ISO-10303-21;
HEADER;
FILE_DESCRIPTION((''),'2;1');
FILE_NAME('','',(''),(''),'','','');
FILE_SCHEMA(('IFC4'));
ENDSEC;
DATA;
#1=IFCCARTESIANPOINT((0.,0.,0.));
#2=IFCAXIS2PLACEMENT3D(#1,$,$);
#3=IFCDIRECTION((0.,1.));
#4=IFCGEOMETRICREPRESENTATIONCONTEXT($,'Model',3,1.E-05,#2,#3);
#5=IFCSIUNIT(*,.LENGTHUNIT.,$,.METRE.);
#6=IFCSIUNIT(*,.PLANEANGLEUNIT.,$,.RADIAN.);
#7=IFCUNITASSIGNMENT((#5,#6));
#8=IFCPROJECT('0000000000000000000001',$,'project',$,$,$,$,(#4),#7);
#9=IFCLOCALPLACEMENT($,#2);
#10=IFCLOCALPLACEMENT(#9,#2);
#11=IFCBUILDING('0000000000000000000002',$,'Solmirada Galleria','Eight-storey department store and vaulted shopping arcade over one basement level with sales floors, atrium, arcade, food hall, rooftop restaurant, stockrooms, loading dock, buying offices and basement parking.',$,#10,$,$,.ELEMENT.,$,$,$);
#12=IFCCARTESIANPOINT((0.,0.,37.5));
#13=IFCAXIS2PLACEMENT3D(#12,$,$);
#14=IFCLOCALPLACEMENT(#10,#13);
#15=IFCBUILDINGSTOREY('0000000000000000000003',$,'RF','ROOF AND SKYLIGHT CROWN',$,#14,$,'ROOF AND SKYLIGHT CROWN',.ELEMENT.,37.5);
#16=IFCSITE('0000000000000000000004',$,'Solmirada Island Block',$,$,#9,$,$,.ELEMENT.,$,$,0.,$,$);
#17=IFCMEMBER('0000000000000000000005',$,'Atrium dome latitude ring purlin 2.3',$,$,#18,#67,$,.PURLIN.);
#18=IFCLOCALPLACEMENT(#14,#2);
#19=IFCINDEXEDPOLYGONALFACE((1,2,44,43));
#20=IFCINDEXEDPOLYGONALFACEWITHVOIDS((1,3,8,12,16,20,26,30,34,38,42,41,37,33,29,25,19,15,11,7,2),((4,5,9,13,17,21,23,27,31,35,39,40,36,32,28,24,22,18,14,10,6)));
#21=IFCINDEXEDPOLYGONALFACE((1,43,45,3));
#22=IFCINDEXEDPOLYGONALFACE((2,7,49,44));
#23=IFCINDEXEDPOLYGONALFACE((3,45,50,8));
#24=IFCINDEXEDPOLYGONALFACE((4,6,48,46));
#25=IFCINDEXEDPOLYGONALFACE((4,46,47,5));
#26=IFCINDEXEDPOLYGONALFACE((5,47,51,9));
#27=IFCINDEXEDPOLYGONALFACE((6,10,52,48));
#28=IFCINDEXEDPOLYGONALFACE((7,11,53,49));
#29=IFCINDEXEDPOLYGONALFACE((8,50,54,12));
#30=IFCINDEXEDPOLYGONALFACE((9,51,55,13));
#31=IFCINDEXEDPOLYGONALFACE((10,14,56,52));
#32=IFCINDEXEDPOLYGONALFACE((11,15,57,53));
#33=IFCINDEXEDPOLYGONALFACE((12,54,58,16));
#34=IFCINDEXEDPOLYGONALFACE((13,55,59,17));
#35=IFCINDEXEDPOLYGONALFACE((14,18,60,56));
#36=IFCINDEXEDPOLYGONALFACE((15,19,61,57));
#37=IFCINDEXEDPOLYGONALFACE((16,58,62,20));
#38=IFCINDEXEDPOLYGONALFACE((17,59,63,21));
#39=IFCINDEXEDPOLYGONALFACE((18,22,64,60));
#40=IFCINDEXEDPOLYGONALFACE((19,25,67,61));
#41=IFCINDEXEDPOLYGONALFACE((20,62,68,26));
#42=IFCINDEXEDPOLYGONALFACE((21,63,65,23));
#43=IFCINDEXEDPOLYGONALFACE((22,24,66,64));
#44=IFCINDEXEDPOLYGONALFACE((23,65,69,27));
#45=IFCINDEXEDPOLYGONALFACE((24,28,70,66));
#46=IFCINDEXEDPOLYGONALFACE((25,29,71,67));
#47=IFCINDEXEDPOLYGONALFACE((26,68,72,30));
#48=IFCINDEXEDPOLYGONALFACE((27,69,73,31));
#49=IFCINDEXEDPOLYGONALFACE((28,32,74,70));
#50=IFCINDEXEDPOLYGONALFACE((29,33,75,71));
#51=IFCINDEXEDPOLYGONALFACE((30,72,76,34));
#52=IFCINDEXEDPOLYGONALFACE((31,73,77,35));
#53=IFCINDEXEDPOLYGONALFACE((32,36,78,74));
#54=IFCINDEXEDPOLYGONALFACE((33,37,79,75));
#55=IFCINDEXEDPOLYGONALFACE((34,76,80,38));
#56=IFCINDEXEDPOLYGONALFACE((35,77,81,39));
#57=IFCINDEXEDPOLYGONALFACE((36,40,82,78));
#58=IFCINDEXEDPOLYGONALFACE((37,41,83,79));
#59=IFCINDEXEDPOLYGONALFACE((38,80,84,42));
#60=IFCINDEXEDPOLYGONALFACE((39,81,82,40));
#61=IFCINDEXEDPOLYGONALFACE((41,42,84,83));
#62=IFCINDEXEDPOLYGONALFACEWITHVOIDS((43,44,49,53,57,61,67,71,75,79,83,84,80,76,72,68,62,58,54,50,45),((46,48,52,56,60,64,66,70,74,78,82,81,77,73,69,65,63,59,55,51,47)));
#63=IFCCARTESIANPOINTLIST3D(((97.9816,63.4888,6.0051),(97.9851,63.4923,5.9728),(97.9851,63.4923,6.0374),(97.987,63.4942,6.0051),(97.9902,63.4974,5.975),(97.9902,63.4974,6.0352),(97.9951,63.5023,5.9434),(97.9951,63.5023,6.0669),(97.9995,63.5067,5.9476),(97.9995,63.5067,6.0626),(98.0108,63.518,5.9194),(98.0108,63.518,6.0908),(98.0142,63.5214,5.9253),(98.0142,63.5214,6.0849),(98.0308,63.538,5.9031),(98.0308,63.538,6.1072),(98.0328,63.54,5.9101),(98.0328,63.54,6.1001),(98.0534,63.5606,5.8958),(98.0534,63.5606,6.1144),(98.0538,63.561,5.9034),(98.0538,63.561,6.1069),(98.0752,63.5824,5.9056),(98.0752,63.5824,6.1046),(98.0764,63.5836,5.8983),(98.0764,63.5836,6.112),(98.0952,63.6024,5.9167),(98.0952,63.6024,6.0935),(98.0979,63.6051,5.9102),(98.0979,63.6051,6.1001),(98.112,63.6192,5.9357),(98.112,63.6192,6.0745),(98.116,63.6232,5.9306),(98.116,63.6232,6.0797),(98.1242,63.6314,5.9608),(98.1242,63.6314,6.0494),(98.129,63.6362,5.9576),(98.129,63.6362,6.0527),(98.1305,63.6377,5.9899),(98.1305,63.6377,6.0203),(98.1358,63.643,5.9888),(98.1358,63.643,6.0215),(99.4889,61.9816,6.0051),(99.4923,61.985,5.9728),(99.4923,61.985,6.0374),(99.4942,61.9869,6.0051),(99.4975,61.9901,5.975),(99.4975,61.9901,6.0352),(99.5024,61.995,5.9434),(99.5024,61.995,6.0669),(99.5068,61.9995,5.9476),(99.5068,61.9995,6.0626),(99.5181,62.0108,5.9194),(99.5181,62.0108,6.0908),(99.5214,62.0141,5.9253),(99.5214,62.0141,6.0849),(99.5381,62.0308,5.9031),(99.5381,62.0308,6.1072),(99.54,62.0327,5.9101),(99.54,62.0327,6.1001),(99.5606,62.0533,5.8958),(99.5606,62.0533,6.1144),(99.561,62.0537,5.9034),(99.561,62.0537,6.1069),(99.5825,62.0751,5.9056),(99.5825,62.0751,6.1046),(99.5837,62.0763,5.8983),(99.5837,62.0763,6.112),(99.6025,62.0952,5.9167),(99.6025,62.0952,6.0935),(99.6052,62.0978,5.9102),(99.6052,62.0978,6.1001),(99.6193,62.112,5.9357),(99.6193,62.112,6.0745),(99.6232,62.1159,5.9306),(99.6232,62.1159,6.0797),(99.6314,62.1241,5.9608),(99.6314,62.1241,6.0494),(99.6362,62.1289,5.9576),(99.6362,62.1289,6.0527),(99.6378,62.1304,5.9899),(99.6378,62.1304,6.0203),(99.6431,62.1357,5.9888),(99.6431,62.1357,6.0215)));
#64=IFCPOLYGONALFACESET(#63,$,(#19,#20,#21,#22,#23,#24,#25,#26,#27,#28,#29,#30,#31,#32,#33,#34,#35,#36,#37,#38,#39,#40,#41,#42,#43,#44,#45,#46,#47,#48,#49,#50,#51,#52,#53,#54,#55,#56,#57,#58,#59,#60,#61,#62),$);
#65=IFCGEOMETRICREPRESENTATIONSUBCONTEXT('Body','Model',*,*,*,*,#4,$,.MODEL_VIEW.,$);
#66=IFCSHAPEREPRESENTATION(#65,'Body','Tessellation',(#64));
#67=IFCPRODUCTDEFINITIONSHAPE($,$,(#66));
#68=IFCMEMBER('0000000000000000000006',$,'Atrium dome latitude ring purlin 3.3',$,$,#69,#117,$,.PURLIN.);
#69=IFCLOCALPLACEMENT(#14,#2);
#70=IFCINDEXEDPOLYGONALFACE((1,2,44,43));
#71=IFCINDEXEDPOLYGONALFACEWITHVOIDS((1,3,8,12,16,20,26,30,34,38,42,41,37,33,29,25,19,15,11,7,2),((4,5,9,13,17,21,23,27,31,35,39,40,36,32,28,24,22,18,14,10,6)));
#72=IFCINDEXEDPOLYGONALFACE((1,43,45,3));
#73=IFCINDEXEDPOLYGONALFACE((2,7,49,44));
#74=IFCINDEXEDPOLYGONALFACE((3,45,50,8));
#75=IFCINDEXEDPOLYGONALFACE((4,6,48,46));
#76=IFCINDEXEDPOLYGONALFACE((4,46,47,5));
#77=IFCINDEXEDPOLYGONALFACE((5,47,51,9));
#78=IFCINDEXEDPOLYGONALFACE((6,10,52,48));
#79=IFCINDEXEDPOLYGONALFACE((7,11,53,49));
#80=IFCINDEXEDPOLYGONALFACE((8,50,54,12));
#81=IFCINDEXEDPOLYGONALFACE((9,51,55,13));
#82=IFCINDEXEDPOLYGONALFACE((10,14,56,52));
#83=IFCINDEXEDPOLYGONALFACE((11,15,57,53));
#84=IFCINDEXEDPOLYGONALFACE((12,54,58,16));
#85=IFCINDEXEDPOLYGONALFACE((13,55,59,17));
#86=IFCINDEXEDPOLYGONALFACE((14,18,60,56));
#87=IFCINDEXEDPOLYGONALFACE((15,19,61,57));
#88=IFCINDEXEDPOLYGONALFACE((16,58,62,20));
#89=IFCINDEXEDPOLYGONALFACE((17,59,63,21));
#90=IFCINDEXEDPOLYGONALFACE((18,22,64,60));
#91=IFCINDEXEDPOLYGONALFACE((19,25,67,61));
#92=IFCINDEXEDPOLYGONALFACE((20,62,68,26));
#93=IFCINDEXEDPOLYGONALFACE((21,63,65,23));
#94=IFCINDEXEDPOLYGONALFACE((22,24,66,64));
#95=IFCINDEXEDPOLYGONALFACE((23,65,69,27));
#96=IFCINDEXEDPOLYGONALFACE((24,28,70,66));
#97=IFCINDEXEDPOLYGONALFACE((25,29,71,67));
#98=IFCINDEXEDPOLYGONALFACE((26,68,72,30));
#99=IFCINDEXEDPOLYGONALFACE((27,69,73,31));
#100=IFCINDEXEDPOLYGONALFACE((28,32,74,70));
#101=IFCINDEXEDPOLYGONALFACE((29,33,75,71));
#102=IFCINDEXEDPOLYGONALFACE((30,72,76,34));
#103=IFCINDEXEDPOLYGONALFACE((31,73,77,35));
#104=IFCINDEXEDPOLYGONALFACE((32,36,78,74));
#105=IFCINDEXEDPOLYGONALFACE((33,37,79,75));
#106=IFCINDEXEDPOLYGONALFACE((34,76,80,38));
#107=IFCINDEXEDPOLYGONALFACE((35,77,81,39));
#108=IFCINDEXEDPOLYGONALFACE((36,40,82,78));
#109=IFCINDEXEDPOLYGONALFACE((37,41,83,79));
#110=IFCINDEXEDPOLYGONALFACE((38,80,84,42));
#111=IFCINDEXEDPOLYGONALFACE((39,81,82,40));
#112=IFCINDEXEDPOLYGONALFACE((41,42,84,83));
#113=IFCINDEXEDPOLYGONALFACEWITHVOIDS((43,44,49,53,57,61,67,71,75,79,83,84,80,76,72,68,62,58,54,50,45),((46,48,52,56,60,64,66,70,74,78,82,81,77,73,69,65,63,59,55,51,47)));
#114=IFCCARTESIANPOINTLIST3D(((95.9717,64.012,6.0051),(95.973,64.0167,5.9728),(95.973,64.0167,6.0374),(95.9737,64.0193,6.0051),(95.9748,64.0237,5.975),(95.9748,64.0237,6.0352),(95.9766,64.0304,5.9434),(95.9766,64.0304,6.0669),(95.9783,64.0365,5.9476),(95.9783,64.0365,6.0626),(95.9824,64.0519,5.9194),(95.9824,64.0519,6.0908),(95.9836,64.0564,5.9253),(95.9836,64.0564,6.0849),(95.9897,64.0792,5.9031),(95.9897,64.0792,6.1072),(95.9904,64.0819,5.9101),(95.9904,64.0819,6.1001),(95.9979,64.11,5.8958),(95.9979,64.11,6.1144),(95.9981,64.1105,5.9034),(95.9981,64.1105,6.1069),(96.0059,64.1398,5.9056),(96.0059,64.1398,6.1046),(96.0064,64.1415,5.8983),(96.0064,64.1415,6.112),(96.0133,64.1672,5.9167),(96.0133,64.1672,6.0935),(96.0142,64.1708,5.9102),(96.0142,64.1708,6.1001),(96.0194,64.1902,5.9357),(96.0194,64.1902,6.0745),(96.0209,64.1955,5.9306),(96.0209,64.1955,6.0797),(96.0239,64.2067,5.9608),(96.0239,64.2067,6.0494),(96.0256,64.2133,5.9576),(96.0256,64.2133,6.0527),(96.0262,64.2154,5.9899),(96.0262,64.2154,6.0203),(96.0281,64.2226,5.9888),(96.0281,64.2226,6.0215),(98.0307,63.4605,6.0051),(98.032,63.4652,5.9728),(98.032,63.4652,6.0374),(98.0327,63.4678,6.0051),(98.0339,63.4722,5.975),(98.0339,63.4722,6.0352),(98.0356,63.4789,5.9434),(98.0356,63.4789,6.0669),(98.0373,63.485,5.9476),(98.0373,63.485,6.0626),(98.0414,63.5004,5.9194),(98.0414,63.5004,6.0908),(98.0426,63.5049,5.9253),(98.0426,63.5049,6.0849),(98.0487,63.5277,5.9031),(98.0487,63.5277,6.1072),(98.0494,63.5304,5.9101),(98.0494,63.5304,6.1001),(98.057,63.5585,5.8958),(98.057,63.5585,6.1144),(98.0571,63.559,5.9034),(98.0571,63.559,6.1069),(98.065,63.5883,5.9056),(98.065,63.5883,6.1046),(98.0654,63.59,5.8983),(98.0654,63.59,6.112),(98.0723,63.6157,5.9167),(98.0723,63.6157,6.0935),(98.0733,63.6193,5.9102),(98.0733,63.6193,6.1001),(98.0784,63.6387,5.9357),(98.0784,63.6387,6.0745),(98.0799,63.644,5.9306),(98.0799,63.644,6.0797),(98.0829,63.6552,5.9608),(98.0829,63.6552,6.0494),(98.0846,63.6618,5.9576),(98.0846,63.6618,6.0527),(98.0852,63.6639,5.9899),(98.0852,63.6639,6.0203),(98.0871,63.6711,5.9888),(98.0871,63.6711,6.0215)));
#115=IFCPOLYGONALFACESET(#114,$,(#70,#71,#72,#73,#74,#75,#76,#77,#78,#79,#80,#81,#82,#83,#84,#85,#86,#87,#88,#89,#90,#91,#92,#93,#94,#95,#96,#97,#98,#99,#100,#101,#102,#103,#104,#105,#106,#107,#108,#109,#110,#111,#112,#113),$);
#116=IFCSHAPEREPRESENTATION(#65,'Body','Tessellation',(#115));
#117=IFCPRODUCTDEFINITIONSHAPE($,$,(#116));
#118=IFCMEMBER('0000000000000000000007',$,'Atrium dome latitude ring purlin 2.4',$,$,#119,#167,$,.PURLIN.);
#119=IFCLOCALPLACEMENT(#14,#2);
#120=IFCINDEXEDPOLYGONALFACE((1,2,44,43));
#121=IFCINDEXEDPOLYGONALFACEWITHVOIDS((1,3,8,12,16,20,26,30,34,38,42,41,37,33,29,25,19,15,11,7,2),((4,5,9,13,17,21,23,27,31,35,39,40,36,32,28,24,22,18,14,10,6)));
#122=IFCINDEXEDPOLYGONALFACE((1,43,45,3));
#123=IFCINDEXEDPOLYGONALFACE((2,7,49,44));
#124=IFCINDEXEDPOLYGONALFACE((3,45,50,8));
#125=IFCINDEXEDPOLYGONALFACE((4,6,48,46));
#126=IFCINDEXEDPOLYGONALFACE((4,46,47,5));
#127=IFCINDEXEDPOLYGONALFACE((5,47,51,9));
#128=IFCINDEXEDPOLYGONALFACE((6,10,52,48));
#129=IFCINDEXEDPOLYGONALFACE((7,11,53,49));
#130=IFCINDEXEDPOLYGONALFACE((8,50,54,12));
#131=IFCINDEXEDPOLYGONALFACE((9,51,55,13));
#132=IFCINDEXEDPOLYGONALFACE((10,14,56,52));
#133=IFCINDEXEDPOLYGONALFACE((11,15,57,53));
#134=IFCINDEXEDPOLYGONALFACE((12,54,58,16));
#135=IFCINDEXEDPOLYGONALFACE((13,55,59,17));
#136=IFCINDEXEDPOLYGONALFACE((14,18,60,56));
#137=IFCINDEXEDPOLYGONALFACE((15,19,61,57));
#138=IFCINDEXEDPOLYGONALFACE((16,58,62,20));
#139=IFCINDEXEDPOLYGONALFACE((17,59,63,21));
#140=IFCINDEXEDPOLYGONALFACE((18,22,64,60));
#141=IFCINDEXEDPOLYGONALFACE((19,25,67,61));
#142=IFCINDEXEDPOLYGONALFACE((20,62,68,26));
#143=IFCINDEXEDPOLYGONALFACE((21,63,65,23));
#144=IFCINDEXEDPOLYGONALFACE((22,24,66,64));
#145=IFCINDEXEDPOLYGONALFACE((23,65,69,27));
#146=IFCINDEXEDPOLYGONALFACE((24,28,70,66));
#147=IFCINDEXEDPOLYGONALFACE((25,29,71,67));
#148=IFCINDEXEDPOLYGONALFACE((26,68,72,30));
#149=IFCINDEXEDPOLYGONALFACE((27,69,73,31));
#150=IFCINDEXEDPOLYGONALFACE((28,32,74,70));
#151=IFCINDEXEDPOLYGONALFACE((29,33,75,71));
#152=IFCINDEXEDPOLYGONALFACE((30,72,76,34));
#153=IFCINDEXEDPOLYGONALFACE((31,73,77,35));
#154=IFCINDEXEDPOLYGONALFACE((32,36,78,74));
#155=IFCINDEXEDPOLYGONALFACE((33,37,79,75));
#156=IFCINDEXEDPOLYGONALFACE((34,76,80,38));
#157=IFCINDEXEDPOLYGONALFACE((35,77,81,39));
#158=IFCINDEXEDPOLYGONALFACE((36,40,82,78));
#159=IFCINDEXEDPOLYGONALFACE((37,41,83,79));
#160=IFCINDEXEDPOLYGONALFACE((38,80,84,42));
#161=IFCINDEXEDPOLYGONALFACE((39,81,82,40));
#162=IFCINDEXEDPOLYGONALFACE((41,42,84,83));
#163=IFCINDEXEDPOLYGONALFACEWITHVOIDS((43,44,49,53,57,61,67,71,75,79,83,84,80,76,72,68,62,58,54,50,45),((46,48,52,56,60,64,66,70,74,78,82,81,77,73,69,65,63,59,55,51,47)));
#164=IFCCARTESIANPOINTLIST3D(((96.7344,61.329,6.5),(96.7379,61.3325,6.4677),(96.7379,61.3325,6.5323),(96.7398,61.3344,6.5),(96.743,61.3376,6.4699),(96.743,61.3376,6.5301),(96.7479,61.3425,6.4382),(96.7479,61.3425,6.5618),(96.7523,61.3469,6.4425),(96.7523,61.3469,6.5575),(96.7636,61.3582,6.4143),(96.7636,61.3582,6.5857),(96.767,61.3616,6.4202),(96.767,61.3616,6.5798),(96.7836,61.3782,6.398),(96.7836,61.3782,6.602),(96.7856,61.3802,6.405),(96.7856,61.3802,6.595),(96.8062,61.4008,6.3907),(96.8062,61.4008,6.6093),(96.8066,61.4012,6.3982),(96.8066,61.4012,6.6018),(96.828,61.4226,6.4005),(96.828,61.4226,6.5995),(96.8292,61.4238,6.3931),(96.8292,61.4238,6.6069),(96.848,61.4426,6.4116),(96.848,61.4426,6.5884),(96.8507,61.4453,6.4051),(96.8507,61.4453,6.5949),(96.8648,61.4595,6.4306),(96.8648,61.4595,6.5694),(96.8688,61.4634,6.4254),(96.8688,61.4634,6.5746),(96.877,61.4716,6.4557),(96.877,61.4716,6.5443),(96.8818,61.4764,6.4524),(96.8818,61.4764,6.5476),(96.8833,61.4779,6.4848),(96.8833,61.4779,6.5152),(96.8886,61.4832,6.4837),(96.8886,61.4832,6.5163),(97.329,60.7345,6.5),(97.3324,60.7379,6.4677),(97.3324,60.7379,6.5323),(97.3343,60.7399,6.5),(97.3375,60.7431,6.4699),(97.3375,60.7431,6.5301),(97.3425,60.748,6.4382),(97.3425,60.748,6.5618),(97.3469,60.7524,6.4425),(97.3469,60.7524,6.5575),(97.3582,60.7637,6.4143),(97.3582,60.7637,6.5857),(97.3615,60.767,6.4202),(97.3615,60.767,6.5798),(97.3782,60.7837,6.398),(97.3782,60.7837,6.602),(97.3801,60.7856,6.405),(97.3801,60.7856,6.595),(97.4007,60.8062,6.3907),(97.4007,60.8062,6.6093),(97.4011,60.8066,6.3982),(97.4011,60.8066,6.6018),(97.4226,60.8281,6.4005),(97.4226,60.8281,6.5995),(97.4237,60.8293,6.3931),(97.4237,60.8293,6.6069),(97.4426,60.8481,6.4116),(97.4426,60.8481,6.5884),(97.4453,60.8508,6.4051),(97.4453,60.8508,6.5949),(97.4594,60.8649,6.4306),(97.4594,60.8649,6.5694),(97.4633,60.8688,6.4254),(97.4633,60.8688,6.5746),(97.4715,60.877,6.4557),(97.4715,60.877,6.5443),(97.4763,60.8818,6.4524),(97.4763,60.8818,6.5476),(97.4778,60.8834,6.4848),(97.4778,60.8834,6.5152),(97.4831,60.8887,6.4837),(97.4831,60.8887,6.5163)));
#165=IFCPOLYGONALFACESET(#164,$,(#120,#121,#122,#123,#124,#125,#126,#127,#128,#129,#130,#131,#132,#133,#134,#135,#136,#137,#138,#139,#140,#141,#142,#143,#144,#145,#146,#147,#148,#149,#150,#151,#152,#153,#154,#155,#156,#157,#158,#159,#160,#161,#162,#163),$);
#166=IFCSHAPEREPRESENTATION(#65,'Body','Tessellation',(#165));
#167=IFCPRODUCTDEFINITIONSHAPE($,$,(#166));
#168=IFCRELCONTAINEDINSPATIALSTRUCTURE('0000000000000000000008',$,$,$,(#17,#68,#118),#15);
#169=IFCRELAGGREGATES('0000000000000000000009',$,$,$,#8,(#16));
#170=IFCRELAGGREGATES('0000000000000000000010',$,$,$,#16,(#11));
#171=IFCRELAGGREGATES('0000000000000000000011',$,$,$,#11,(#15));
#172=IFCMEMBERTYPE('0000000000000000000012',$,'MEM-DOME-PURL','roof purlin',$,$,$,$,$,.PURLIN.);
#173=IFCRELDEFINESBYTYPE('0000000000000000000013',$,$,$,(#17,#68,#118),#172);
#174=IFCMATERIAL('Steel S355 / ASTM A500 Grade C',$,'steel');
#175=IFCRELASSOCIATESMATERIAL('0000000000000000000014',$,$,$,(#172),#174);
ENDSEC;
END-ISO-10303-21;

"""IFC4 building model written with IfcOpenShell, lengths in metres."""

from ifc_helpers import new_model, si_unit, direction, frame, origin, origin_2d, place, context, subcontext, project, spatial, hollow_circle, extrude, material, material_profile, profile_set, type_object, element, save


model = new_model("IFC4")

# Units and contexts
model_context = context("Model", 3, precision=1e-05, world=origin(), true_north=direction((0.0, 1.0)))
body_context = subcontext(model_context, "Body", "Model", "MODEL_VIEW")
ifc_project = project(units=[si_unit("LENGTHUNIT", "METRE"), si_unit("PLANEANGLEUNIT", "RADIAN")], contexts=[model_context])

# Site, building, storey
site_placement = place(None, origin())
site = spatial("IfcSite", under=ifc_project, at=site_placement, Name="Solmirada Island Block", CompositionType="ELEMENT", RefElevation=0.0)
building_placement = place(site_placement, origin())
building = spatial("IfcBuilding", under=site, at=building_placement, Name="Solmirada Galleria", Description="Eight-storey department store and vaulted shopping arcade over one basement level with sales floors, atrium, arcade, food hall, rooftop restaurant, stockrooms, loading dock, buying offices and basement parking.", CompositionType="ELEMENT")
storey_placement = place(building_placement, frame((0.0, 0.0, 37.5)))
storey = spatial("IfcBuildingStorey", under=building, at=storey_placement, Name="RF", Description="ROOF AND SKYLIGHT CROWN", LongName="ROOF AND SKYLIGHT CROWN", CompositionType="ELEMENT", Elevation=37.5)

# Members
ifc_material_1 = material(Name="Steel S355 / ASTM A500 Grade C", Category="steel")
ifc_material_profile_1 = material_profile(ifc_material_1, hollow_circle(Radius=0.1096, WallThickness=0.0076, at=origin_2d()), Name="HSS8.625X0.322")
ifc_profile_set_1 = profile_set([ifc_material_profile_1], Name="Steel S355 / ASTM A500 Grade C")
member_type_1 = type_object("IfcMemberType", Name="MEM-DOME-PURL", Description="roof purlin", PredefinedType="PURLIN", material=ifc_profile_set_1)
for number, where, z_axis, x_axis, name in (
    (1, (99.5664, 62.0591, 6.0051), (-0.707107, 0.707107, 0.0), (-0.707107, -0.707107, 0.0), "Atrium dome latitude ring purlin 2.3"),
    (2, (98.0591, 63.5664, 6.0051), (-0.965951, 0.258725, 0.0), (-0.258725, -0.965951, 0.0), "Atrium dome latitude ring purlin 3.3"),
):
    element("IfcMember", number, at=place(storey_placement, frame(where, z_axis=z_axis, x_axis=x_axis)), inside=storey, type_object=member_type_1, Name=name, PredefinedType="PURLIN", context=body_context, shape_type="SweptSolid", body=[
        extrude(hollow_circle(Radius=0.1096, WallThickness=0.0076, at=origin_2d()), origin(), (0.0, 0.0, 1.0), 2.1316),
    ])
member_1_placement = place(storey_placement, frame((97.4065, 60.812, 6.5), z_axis=(-0.707107, 0.707107, 0.0), x_axis=(-0.707107, -0.707107, 0.0)))
element("IfcMember", 3, at=member_1_placement, inside=storey, type_object=member_type_1, Name="Atrium dome latitude ring purlin 2.4", PredefinedType="PURLIN", context=body_context, shape_type="SweptSolid", body=[
    extrude(hollow_circle(Radius=0.1096, WallThickness=0.0076, at=origin_2d()), origin(), (0.0, 0.0, 1.0), 0.8408),
])

save(model, "model.ifc")
